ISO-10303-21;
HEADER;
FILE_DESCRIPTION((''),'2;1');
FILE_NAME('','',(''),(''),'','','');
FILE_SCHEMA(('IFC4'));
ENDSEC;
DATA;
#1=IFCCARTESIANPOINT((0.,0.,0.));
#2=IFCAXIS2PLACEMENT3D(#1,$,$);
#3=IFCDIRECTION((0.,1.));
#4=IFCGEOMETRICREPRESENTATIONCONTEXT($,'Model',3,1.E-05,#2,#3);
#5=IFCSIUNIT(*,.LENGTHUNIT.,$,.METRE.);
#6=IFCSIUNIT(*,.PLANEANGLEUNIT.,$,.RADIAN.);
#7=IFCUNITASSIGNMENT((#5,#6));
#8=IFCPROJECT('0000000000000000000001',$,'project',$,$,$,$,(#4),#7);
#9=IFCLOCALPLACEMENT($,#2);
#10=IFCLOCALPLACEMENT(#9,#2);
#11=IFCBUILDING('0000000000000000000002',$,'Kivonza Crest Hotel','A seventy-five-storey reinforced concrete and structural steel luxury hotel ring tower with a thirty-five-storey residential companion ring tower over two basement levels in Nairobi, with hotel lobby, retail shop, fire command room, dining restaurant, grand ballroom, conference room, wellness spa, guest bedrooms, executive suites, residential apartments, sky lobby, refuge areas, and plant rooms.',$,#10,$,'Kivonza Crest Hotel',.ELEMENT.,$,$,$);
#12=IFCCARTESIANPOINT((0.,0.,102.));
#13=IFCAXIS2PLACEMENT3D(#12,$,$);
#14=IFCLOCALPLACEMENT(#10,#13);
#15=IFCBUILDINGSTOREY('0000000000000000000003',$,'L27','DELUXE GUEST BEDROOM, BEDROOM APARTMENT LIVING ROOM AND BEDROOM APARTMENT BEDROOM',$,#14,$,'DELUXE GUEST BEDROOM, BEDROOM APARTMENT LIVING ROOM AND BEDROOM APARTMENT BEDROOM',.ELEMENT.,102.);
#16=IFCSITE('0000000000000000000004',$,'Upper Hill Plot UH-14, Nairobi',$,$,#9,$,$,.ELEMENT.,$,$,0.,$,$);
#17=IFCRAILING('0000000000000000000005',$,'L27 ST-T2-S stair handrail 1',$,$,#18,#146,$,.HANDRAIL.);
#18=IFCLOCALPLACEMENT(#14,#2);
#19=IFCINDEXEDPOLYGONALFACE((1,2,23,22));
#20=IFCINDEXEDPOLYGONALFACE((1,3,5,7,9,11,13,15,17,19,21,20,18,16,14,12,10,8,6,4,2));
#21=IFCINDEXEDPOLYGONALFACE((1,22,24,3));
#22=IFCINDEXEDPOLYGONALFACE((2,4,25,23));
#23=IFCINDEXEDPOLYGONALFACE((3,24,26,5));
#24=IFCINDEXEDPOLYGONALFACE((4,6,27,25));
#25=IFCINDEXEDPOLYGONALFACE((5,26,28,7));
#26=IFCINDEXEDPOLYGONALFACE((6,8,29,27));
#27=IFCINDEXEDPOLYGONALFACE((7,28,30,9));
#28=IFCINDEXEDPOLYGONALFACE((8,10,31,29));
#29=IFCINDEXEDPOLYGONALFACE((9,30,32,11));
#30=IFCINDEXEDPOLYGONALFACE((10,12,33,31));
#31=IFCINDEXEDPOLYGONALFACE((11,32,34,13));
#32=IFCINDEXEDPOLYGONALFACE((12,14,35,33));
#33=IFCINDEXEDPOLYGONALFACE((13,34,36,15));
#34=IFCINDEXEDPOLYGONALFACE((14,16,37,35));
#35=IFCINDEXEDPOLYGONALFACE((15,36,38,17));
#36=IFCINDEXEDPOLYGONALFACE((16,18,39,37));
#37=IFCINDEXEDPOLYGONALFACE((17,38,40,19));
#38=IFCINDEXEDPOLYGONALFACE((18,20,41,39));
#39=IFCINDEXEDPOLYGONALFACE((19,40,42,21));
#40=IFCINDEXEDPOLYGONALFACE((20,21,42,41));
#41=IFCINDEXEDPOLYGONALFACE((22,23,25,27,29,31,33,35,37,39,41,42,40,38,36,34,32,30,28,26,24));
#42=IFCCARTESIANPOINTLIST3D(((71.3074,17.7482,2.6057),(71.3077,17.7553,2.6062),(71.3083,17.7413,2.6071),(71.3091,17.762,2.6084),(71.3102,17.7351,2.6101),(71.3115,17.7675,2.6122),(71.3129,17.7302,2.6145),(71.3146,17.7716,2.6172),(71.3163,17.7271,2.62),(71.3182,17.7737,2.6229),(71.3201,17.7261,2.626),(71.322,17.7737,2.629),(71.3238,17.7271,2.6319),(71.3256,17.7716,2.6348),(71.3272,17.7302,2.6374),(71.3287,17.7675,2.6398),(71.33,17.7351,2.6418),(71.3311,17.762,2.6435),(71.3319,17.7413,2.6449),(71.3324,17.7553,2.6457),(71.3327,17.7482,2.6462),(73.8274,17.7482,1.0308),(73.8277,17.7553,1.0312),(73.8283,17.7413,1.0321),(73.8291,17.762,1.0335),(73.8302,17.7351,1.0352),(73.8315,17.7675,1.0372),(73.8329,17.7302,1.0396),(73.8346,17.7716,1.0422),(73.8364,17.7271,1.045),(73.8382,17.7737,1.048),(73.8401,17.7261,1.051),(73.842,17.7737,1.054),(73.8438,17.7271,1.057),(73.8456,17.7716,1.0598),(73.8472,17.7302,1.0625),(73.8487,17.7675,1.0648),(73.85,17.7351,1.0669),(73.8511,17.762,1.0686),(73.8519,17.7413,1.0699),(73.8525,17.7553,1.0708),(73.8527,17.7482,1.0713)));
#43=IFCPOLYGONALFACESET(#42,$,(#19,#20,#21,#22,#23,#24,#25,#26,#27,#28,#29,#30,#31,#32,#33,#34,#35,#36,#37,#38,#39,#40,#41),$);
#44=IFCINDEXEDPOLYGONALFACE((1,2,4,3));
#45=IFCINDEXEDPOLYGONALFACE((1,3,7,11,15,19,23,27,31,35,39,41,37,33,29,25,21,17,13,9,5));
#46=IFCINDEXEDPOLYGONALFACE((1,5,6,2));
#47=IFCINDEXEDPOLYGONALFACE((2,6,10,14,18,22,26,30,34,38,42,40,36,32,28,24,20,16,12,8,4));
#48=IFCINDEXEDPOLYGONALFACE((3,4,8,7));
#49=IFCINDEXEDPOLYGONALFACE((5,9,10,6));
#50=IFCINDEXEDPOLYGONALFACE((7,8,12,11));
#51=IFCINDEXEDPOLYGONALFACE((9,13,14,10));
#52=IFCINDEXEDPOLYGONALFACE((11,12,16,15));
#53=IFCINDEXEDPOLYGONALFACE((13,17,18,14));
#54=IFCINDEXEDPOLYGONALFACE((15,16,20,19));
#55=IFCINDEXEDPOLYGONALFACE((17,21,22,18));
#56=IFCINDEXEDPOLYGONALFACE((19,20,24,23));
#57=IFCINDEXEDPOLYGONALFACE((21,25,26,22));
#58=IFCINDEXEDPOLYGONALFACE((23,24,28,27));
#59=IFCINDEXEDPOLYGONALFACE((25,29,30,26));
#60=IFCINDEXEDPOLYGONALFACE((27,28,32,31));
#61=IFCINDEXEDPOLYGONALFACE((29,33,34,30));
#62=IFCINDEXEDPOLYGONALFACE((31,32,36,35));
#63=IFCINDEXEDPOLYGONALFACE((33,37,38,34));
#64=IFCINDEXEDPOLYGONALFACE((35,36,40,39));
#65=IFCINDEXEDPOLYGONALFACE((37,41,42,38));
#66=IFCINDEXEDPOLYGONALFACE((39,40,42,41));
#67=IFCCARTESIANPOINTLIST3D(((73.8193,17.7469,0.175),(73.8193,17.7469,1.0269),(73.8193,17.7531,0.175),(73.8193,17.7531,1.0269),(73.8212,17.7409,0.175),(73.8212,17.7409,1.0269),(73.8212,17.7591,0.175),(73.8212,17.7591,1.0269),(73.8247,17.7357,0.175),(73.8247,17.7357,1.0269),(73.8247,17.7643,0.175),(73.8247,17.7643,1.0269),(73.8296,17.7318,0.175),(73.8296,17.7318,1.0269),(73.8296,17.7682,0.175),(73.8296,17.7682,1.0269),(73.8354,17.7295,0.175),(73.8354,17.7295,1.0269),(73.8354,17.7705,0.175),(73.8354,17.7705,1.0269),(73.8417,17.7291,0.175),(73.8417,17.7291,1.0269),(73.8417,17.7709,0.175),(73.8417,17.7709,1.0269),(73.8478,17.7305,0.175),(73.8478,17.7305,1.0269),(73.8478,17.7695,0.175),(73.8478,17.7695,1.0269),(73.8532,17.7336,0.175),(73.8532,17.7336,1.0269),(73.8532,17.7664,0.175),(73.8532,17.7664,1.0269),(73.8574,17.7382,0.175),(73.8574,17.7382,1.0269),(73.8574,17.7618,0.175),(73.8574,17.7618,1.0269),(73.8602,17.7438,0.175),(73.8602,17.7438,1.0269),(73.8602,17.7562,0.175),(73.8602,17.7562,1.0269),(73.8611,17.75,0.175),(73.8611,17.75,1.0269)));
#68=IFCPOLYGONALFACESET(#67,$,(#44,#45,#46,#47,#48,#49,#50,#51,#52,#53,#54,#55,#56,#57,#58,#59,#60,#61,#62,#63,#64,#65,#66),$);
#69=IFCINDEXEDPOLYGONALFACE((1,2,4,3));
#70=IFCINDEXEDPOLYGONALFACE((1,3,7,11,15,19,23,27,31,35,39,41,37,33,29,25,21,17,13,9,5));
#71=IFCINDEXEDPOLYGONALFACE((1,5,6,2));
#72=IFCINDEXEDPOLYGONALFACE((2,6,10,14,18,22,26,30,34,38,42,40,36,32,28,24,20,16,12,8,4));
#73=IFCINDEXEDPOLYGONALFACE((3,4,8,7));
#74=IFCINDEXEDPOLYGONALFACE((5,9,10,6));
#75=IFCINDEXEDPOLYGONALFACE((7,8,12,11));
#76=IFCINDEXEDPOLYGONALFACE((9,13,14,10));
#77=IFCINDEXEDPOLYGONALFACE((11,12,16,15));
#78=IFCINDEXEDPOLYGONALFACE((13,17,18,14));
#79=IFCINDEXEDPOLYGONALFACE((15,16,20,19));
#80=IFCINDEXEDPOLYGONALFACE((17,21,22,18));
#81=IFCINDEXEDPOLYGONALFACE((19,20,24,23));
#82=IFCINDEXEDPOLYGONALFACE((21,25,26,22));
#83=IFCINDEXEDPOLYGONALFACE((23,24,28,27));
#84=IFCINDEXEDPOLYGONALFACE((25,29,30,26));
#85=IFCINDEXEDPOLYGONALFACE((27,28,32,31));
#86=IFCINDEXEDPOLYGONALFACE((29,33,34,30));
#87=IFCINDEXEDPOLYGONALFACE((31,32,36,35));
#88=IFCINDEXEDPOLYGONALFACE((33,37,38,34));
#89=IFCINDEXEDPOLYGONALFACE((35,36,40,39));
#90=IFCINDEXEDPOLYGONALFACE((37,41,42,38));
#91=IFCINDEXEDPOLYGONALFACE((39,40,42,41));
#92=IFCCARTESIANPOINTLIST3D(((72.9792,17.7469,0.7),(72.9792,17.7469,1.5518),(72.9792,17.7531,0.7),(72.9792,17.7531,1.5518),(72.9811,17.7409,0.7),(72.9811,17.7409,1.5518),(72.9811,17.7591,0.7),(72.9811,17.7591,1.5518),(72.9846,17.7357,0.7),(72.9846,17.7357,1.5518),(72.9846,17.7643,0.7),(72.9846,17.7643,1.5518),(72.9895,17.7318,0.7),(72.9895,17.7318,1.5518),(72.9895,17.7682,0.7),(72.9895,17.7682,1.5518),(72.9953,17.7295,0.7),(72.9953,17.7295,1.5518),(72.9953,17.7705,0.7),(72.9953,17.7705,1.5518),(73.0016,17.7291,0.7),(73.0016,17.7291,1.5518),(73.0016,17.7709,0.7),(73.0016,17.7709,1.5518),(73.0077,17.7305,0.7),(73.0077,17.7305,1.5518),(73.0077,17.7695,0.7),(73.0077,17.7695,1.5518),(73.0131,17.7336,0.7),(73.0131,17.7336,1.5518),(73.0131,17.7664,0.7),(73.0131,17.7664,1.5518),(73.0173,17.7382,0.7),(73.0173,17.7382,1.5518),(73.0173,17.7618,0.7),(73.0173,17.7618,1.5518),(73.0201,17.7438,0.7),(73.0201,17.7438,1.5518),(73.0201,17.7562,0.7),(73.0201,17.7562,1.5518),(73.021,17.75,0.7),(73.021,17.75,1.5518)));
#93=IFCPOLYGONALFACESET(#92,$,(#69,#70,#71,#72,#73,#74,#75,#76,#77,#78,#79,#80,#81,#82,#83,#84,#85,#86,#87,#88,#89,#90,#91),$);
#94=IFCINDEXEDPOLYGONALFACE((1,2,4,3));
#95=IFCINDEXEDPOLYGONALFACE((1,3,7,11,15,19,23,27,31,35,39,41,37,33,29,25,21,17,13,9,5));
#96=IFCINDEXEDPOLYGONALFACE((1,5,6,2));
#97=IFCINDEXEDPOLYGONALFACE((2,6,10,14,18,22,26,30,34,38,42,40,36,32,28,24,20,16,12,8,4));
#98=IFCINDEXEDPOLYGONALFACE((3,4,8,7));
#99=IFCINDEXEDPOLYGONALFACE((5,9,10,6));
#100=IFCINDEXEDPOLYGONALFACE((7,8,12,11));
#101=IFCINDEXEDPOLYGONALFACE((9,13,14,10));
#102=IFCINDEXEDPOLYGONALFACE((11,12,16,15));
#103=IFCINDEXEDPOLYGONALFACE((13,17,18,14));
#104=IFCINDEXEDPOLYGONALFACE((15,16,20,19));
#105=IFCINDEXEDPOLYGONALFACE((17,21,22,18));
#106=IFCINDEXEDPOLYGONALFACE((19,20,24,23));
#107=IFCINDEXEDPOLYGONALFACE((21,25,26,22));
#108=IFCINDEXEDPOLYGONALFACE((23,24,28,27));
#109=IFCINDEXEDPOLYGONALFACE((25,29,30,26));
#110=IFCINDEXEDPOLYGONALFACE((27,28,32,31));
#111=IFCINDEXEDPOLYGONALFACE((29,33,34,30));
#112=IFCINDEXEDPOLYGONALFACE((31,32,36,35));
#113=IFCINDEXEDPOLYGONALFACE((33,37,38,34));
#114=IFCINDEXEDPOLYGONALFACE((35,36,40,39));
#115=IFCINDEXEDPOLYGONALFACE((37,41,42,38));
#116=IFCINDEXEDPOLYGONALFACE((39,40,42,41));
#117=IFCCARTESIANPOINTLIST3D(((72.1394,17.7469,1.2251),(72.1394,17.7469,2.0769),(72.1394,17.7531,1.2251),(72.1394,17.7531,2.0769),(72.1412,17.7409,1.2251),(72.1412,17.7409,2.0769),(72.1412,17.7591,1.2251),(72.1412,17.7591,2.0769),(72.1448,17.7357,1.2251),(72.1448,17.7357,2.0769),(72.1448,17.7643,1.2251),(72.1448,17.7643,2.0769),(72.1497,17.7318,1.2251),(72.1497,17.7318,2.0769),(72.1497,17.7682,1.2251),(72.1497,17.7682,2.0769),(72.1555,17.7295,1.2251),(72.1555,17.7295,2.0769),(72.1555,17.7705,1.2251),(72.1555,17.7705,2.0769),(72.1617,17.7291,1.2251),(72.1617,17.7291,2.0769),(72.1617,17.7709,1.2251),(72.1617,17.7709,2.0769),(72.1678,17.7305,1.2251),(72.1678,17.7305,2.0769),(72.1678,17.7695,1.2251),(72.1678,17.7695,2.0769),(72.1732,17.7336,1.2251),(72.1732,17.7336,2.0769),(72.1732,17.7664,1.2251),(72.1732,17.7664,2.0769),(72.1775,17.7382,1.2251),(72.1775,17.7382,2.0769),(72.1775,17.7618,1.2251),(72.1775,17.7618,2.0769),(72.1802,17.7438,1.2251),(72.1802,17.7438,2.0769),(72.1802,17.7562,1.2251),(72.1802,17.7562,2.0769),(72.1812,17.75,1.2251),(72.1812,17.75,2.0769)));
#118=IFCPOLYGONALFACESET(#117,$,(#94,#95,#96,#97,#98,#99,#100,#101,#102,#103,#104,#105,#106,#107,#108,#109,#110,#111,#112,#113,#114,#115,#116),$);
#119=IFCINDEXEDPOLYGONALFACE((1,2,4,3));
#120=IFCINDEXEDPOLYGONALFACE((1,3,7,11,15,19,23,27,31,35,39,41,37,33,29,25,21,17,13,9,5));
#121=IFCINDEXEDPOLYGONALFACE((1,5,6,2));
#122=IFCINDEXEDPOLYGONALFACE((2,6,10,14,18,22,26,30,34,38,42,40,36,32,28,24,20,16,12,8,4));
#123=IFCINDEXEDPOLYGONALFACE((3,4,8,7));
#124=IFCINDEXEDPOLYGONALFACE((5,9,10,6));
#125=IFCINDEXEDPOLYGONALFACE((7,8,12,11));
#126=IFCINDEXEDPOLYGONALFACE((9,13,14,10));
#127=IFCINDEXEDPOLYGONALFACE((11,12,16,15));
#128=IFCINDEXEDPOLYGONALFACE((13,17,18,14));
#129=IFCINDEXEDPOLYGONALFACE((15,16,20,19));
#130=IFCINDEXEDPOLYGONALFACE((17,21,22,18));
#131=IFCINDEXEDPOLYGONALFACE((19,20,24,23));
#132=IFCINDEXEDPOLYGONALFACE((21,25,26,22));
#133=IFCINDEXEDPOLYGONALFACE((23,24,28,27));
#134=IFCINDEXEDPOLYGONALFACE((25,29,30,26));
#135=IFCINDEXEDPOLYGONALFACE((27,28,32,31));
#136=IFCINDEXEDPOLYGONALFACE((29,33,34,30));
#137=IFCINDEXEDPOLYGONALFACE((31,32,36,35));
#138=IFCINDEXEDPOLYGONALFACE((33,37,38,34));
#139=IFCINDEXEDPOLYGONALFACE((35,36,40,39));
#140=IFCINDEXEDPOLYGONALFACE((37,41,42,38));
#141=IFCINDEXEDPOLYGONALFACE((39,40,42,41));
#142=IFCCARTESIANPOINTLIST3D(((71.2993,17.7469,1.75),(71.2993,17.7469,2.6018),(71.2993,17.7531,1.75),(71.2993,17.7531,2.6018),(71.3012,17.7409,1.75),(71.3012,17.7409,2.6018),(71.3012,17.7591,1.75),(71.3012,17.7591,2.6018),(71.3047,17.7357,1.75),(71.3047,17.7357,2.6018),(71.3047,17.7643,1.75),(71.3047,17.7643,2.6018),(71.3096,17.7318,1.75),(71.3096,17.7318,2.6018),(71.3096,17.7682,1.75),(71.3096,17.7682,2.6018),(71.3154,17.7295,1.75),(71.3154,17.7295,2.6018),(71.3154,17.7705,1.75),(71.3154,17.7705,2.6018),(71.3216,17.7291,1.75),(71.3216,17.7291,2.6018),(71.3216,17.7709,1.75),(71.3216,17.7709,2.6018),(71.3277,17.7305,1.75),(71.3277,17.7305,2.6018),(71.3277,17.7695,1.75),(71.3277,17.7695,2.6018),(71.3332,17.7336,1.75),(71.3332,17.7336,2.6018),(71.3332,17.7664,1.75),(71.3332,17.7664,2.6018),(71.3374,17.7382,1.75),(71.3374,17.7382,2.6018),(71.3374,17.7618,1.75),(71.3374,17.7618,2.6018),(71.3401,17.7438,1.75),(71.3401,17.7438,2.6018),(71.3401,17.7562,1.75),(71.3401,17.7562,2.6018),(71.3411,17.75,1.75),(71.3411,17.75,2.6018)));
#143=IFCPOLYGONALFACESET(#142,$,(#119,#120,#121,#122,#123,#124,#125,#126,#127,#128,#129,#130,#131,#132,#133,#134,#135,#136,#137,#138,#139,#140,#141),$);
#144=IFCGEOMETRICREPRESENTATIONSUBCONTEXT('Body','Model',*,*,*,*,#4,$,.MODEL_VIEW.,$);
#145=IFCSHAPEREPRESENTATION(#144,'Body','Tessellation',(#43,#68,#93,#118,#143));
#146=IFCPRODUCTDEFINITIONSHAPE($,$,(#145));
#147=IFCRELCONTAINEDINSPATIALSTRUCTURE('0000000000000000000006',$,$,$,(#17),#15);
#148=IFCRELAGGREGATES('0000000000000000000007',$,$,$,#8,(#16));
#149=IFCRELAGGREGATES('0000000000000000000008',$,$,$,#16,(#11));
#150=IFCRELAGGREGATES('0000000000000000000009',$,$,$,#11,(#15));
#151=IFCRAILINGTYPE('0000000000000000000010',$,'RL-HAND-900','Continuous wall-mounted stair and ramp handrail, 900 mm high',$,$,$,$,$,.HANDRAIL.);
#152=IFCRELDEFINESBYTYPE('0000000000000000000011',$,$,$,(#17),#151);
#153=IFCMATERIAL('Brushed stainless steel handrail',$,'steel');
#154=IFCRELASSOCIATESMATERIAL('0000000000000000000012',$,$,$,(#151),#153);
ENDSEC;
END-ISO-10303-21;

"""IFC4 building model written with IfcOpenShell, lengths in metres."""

from ifc_helpers import new_model, si_unit, direction, frame, origin, origin_2d, place, context, subcontext, project, spatial, circle, extrude, material, type_object, element, save


model = new_model("IFC4")

# Units and contexts
model_context = context("Model", 3, precision=1e-05, world=origin(), true_north=direction((0.0, 1.0)))
body_context = subcontext(model_context, "Body", "Model", "MODEL_VIEW")
ifc_project = project(units=[si_unit("LENGTHUNIT", "METRE"), si_unit("PLANEANGLEUNIT", "RADIAN")], contexts=[model_context])

# Site, building, storey
site_placement = place(None, origin())
site = spatial("IfcSite", under=ifc_project, at=site_placement, Name="Upper Hill Plot UH-14, Nairobi", CompositionType="ELEMENT", RefElevation=0.0)
building_placement = place(site_placement, origin())
building = spatial("IfcBuilding", under=site, at=building_placement, Name="Kivonza Crest Hotel", Description="A seventy-five-storey reinforced concrete and structural steel luxury hotel ring tower with a thirty-five-storey residential companion ring tower over two basement levels in Nairobi, with hotel lobby, retail shop, fire command room, dining restaurant, grand ballroom, conference room, wellness spa, guest bedrooms, executive suites, residential apartments, sky lobby, refuge areas, and plant rooms.", LongName="Kivonza Crest Hotel", CompositionType="ELEMENT")
storey_placement = place(building_placement, frame((0.0, 0.0, 102.0)))
storey = spatial("IfcBuildingStorey", under=building, at=storey_placement, Name="L27", Description="DELUXE GUEST BEDROOM, BEDROOM APARTMENT LIVING ROOM AND BEDROOM APARTMENT BEDROOM", LongName="DELUXE GUEST BEDROOM, BEDROOM APARTMENT LIVING ROOM AND BEDROOM APARTMENT BEDROOM", CompositionType="ELEMENT", Elevation=102.0)

# Railing
ifc_material_1 = material(Name="Brushed stainless steel handrail", Category="steel")
railing_type_1 = type_object("IfcRailingType", Name="RL-HAND-900", Description="Continuous wall-mounted stair and ramp handrail, 900 mm high", PredefinedType="HANDRAIL", material=ifc_material_1)
railing_1_placement = place(storey_placement, frame((73.8401, 17.75, 0.175)))
element("IfcRailing", 1, at=railing_1_placement, inside=storey, type_object=railing_type_1, Name="L27 ST-T2-S stair handrail 1", PredefinedType="HANDRAIL", context=body_context, shape_type="SweptSolid", body=[
    extrude(circle(Radius=0.0239, at=origin_2d()), frame((0.0, 0.0, 0.876), z_axis=(-0.848008, 0.0, 0.529984), x_axis=(0.0, -1.0, 0.0)), (0.0, 0.0, 1.0), 2.9717),
    extrude(circle(Radius=0.021, at=origin_2d()), origin(), (0.0, 0.0, 1.0), 0.8518),
    extrude(circle(Radius=0.021, at=origin_2d()), frame((-0.8401, 0.0, 0.5249)), (0.0, 0.0, 1.0), 0.8518),
    extrude(circle(Radius=0.021, at=origin_2d()), frame((-1.6799, 0.0, 1.05)), (0.0, 0.0, 1.0), 0.8518),
    extrude(circle(Radius=0.021, at=origin_2d()), frame((-2.52, 0.0, 1.575)), (0.0, 0.0, 1.0), 0.8518),
])

save(model, "model.ifc")
